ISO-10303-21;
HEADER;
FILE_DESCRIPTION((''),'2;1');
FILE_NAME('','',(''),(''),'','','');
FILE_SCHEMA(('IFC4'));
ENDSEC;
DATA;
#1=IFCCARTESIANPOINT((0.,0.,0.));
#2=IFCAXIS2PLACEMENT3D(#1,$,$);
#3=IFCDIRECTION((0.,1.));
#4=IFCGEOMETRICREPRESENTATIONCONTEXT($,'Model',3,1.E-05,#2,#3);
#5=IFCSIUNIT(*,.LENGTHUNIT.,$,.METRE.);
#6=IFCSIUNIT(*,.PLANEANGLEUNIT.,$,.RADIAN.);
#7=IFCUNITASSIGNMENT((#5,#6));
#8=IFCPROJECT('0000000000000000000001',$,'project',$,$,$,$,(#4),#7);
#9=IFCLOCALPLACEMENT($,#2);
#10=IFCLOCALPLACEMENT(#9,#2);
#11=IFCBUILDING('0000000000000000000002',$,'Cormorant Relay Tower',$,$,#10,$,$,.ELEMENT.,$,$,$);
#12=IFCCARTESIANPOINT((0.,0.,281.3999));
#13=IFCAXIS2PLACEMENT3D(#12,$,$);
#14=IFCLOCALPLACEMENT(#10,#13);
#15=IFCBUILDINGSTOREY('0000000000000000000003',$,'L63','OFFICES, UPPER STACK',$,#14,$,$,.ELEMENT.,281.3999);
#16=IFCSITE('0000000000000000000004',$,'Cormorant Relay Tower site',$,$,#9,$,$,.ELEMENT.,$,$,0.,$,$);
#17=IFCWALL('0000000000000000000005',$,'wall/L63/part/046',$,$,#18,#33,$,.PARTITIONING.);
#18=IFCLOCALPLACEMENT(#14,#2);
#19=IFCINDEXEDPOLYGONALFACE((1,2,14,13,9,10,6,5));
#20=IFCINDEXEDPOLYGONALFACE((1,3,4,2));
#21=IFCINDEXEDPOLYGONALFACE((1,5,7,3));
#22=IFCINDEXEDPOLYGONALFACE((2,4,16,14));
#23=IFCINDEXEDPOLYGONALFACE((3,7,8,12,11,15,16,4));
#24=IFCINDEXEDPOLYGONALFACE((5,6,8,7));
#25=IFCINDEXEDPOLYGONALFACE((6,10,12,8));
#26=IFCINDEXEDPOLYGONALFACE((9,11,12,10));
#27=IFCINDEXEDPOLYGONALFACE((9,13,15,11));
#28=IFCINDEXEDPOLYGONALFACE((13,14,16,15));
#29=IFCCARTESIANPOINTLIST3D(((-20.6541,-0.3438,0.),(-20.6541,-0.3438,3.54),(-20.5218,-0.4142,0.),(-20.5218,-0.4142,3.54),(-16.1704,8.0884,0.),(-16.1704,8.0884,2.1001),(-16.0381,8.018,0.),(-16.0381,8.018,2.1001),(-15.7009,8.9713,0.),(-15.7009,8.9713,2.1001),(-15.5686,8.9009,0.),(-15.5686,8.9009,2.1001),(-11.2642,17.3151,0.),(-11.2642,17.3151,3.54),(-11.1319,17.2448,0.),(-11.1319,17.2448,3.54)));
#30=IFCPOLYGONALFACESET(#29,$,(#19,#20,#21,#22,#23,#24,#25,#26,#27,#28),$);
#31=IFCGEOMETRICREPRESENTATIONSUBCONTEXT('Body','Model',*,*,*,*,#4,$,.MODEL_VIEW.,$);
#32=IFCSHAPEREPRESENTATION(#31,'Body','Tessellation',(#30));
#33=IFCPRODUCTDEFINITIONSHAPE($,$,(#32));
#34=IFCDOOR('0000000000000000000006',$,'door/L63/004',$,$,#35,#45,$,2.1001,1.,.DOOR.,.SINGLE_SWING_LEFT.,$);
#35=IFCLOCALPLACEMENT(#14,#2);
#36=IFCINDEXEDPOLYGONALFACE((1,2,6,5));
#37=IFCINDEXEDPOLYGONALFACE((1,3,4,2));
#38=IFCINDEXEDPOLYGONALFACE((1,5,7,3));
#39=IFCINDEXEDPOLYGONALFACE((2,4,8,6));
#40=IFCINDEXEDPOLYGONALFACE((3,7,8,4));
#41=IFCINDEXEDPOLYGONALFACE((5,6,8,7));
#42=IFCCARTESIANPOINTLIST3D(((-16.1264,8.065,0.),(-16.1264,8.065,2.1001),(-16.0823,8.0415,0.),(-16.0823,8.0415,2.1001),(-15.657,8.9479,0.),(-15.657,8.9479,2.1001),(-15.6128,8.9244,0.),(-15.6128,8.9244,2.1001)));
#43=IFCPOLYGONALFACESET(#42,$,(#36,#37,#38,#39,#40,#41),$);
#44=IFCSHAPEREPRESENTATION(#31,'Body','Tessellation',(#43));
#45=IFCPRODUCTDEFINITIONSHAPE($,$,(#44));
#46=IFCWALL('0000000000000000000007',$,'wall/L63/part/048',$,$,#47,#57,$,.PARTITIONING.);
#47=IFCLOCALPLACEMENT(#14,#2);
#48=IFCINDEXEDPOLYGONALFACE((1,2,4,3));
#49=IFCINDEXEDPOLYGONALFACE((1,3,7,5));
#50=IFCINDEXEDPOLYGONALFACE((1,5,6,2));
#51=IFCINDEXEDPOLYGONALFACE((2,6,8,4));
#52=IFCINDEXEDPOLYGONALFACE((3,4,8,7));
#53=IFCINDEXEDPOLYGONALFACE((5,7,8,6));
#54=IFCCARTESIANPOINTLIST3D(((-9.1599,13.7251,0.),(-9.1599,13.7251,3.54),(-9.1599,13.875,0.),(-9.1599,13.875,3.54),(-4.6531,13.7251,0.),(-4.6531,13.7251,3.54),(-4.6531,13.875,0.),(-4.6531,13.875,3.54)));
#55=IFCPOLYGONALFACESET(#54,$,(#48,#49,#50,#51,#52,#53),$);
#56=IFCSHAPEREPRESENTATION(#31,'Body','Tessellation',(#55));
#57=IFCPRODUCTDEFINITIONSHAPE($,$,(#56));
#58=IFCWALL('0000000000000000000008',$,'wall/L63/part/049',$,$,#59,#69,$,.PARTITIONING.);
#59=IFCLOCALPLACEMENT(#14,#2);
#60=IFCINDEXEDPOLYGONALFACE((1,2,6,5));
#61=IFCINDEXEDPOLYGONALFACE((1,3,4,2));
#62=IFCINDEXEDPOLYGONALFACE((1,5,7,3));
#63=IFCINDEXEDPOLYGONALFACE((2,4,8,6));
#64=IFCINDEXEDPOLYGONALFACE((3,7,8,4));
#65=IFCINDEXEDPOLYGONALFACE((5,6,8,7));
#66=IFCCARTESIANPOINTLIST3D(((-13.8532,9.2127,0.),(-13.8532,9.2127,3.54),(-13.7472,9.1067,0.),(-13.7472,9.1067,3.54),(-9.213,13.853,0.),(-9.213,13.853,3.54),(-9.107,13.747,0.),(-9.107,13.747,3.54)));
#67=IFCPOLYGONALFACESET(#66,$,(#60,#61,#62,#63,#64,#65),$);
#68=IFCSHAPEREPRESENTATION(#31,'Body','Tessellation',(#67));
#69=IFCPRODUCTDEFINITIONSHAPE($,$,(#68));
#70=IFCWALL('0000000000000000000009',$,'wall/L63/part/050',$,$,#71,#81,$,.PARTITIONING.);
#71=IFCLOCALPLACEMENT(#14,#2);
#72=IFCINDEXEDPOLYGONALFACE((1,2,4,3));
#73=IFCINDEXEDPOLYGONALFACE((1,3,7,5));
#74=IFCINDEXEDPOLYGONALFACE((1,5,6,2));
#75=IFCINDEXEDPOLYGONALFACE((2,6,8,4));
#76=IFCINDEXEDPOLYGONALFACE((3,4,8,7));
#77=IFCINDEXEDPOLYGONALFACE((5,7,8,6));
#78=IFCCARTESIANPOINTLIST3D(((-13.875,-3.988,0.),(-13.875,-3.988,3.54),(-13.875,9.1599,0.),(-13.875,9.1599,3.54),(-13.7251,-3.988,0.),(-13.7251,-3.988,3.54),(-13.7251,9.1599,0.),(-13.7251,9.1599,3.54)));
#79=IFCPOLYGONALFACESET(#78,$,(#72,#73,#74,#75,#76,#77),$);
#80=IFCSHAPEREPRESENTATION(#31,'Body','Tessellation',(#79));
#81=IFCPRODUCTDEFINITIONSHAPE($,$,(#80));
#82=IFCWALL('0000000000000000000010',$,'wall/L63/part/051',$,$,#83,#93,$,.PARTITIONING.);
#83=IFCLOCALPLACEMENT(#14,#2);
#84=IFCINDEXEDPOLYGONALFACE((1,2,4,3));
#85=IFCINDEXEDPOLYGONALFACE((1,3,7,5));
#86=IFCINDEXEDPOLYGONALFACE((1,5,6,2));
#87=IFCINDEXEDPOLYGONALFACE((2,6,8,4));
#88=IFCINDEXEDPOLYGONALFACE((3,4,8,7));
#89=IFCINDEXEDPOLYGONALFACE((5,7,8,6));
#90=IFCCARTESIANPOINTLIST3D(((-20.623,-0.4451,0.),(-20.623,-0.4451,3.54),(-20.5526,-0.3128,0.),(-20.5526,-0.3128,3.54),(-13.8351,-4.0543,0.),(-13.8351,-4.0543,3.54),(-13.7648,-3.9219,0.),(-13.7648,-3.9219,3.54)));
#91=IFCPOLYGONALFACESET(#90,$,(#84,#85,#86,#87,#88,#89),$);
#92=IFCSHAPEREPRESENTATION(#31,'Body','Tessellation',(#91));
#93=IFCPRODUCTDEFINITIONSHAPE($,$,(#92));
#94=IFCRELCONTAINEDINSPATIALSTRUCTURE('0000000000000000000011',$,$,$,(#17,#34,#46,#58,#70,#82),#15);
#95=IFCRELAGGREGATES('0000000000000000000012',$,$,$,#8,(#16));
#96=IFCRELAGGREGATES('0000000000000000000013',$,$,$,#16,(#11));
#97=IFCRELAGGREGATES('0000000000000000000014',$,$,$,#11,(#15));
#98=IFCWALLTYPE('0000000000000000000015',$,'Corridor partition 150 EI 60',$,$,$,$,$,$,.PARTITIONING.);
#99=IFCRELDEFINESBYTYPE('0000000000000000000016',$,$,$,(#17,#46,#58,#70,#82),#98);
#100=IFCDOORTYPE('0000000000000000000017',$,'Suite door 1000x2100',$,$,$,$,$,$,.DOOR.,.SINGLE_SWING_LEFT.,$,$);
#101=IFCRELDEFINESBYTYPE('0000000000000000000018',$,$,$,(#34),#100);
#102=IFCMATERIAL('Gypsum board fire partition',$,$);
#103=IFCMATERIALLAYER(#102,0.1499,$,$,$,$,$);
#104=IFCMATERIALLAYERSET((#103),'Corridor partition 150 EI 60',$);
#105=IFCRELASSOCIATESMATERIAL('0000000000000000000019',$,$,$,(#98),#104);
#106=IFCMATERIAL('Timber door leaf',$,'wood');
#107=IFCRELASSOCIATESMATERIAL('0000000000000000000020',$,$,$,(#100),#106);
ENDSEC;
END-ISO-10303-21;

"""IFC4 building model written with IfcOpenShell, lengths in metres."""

from ifc_helpers import new_model, si_unit, direction, frame, frame_2d, origin, place, context, subcontext, project, spatial, rectangle, extrude, material, layer, layer_set, type_object, element, fill, save


model = new_model("IFC4")

# Units and contexts
model_context = context("Model", 3, precision=1e-05, world=origin(), true_north=direction((0.0, 1.0)))
body_context = subcontext(model_context, "Body", "Model", "MODEL_VIEW")
ifc_project = project(units=[si_unit("LENGTHUNIT", "METRE"), si_unit("PLANEANGLEUNIT", "RADIAN")], contexts=[model_context])

# Site, building, storey
site_placement = place(None, origin())
site = spatial("IfcSite", under=ifc_project, at=site_placement, Name="Cormorant Relay Tower site", CompositionType="ELEMENT", RefElevation=0.0)
building_placement = place(site_placement, origin())
building = spatial("IfcBuilding", under=site, at=building_placement, Name="Cormorant Relay Tower", CompositionType="ELEMENT")
storey_placement = place(building_placement, frame((0.0, 0.0, 281.3999)))
storey = spatial("IfcBuildingStorey", under=building, at=storey_placement, Name="L63", Description="OFFICES, UPPER STACK", CompositionType="ELEMENT", Elevation=281.3999)

# Wall, opening, door
ifc_material_1 = material(Name="Gypsum board fire partition")
ifc_layer_1 = layer(ifc_material_1, 0.1499)
ifc_layer_set_1 = layer_set([ifc_layer_1], Name="Corridor partition 150 EI 60")
wall_type_1 = type_object("IfcWallType", Name="Corridor partition 150 EI 60", PredefinedType="PARTITIONING", material=ifc_layer_set_1)
wall_1_placement = place(storey_placement, frame((-20.5879, -0.3789, 0.0), z_axis=(0.0, 0.0, 1.0), x_axis=(0.46949, 0.882938, 0.0)))
wall_1 = element("IfcWall", 1, at=wall_1_placement, inside=storey, type_object=wall_type_1, Name="wall/L63/part/046", PredefinedType="PARTITIONING", context=body_context, shape_type="SweptSolid", body=[
    extrude(rectangle(XDim=20.0002, YDim=0.1499, at=frame_2d((10.0, 0.0))), origin(), (0.0, 0.0, 1.0), 3.54),
])
opening_1_placement = place(wall_1_placement, frame((9.55, 0.0, 0.0)))
opening_1 = element("IfcOpeningElement", 2, at=opening_1_placement, cuts=wall_1, PredefinedType="OPENING", context=body_context, shape_type="SweptSolid", body=[
    extrude(rectangle(XDim=1.0, YDim=2.1001, at=frame_2d((0.5, 1.05))), frame((0.0, 0.085, 0.0), z_axis=(0.0, -1.0, 0.0), x_axis=(1.0, 0.0, 0.0)), (0.0, 0.0, 1.0), 0.1699),
])
ifc_material_2 = material(Name="Timber door leaf", Category="wood")
door_type_1 = type_object("IfcDoorType", Name="Suite door 1000x2100", OperationType="SINGLE_SWING_LEFT", PredefinedType="DOOR", material=ifc_material_2)
door_1_placement = place(opening_1_placement, frame((1.0, 0.0, 0.0), z_axis=(0.0, 0.0, 1.0), x_axis=(-1.0, 0.0, 0.0)))
door_1 = element("IfcDoor", 3, at=door_1_placement, inside=storey, type_object=door_type_1, Name="door/L63/004", OperationType="SINGLE_SWING_LEFT", OverallHeight=2.1001, OverallWidth=1.0, PredefinedType="DOOR", context=body_context, shape_type="SweptSolid", body=[
    extrude(rectangle(XDim=1.0, YDim=2.1001, at=frame_2d((0.5, 1.05))), frame((0.0, 0.0249, 0.0), z_axis=(0.0, -1.0, 0.0), x_axis=(1.0, 0.0, 0.0)), (0.0, 0.0, 1.0), 0.05),
])
fill(opening_1, door_1)

# Walls
wall_2_placement = place(storey_placement, frame((-4.6531, 13.8, 0.0), z_axis=(0.0, 0.0, 1.0), x_axis=(-1.0, 0.0, 0.0)))
element("IfcWall", 4, at=wall_2_placement, inside=storey, type_object=wall_type_1, Name="wall/L63/part/048", PredefinedType="PARTITIONING", context=body_context, shape_type="SweptSolid", body=[
    extrude(rectangle(XDim=4.5068, YDim=0.1499, at=frame_2d((2.2534, 0.0))), origin(), (0.0, 0.0, 1.0), 3.54),
])
wall_3_placement = place(storey_placement, frame((-9.1599, 13.8, 0.0), z_axis=(0.0, 0.0, 1.0), x_axis=(-0.707107, -0.707107, 0.0)))
element("IfcWall", 5, at=wall_3_placement, inside=storey, type_object=wall_type_1, Name="wall/L63/part/049", PredefinedType="PARTITIONING", context=body_context, shape_type="SweptSolid", body=[
    extrude(rectangle(XDim=6.5623, YDim=0.1499, at=frame_2d((3.2812, 0.0))), origin(), (0.0, 0.0, 1.0), 3.54),
])
wall_4_placement = place(storey_placement, frame((-13.8, 9.1599, 0.0), z_axis=(0.0, 0.0, 1.0), x_axis=(0.0, -1.0, 0.0)))
element("IfcWall", 6, at=wall_4_placement, inside=storey, type_object=wall_type_1, Name="wall/L63/part/050", PredefinedType="PARTITIONING", context=body_context, shape_type="SweptSolid", body=[
    extrude(rectangle(XDim=13.1479, YDim=0.1499, at=frame_2d((6.574, 0.0))), origin(), (0.0, 0.0, 1.0), 3.54),
])
wall_5_placement = place(storey_placement, frame((-13.8, -3.988, 0.0), z_axis=(0.0, 0.0, 1.0), x_axis=(-0.882949, 0.469469, 0.0)))
element("IfcWall", 7, at=wall_5_placement, inside=storey, type_object=wall_type_1, Name="wall/L63/part/051", PredefinedType="PARTITIONING", context=body_context, shape_type="SweptSolid", body=[
    extrude(rectangle(XDim=7.6877, YDim=0.1499, at=frame_2d((3.8438, 0.0))), origin(), (0.0, 0.0, 1.0), 3.54),
])

save(model, "model.ifc")
